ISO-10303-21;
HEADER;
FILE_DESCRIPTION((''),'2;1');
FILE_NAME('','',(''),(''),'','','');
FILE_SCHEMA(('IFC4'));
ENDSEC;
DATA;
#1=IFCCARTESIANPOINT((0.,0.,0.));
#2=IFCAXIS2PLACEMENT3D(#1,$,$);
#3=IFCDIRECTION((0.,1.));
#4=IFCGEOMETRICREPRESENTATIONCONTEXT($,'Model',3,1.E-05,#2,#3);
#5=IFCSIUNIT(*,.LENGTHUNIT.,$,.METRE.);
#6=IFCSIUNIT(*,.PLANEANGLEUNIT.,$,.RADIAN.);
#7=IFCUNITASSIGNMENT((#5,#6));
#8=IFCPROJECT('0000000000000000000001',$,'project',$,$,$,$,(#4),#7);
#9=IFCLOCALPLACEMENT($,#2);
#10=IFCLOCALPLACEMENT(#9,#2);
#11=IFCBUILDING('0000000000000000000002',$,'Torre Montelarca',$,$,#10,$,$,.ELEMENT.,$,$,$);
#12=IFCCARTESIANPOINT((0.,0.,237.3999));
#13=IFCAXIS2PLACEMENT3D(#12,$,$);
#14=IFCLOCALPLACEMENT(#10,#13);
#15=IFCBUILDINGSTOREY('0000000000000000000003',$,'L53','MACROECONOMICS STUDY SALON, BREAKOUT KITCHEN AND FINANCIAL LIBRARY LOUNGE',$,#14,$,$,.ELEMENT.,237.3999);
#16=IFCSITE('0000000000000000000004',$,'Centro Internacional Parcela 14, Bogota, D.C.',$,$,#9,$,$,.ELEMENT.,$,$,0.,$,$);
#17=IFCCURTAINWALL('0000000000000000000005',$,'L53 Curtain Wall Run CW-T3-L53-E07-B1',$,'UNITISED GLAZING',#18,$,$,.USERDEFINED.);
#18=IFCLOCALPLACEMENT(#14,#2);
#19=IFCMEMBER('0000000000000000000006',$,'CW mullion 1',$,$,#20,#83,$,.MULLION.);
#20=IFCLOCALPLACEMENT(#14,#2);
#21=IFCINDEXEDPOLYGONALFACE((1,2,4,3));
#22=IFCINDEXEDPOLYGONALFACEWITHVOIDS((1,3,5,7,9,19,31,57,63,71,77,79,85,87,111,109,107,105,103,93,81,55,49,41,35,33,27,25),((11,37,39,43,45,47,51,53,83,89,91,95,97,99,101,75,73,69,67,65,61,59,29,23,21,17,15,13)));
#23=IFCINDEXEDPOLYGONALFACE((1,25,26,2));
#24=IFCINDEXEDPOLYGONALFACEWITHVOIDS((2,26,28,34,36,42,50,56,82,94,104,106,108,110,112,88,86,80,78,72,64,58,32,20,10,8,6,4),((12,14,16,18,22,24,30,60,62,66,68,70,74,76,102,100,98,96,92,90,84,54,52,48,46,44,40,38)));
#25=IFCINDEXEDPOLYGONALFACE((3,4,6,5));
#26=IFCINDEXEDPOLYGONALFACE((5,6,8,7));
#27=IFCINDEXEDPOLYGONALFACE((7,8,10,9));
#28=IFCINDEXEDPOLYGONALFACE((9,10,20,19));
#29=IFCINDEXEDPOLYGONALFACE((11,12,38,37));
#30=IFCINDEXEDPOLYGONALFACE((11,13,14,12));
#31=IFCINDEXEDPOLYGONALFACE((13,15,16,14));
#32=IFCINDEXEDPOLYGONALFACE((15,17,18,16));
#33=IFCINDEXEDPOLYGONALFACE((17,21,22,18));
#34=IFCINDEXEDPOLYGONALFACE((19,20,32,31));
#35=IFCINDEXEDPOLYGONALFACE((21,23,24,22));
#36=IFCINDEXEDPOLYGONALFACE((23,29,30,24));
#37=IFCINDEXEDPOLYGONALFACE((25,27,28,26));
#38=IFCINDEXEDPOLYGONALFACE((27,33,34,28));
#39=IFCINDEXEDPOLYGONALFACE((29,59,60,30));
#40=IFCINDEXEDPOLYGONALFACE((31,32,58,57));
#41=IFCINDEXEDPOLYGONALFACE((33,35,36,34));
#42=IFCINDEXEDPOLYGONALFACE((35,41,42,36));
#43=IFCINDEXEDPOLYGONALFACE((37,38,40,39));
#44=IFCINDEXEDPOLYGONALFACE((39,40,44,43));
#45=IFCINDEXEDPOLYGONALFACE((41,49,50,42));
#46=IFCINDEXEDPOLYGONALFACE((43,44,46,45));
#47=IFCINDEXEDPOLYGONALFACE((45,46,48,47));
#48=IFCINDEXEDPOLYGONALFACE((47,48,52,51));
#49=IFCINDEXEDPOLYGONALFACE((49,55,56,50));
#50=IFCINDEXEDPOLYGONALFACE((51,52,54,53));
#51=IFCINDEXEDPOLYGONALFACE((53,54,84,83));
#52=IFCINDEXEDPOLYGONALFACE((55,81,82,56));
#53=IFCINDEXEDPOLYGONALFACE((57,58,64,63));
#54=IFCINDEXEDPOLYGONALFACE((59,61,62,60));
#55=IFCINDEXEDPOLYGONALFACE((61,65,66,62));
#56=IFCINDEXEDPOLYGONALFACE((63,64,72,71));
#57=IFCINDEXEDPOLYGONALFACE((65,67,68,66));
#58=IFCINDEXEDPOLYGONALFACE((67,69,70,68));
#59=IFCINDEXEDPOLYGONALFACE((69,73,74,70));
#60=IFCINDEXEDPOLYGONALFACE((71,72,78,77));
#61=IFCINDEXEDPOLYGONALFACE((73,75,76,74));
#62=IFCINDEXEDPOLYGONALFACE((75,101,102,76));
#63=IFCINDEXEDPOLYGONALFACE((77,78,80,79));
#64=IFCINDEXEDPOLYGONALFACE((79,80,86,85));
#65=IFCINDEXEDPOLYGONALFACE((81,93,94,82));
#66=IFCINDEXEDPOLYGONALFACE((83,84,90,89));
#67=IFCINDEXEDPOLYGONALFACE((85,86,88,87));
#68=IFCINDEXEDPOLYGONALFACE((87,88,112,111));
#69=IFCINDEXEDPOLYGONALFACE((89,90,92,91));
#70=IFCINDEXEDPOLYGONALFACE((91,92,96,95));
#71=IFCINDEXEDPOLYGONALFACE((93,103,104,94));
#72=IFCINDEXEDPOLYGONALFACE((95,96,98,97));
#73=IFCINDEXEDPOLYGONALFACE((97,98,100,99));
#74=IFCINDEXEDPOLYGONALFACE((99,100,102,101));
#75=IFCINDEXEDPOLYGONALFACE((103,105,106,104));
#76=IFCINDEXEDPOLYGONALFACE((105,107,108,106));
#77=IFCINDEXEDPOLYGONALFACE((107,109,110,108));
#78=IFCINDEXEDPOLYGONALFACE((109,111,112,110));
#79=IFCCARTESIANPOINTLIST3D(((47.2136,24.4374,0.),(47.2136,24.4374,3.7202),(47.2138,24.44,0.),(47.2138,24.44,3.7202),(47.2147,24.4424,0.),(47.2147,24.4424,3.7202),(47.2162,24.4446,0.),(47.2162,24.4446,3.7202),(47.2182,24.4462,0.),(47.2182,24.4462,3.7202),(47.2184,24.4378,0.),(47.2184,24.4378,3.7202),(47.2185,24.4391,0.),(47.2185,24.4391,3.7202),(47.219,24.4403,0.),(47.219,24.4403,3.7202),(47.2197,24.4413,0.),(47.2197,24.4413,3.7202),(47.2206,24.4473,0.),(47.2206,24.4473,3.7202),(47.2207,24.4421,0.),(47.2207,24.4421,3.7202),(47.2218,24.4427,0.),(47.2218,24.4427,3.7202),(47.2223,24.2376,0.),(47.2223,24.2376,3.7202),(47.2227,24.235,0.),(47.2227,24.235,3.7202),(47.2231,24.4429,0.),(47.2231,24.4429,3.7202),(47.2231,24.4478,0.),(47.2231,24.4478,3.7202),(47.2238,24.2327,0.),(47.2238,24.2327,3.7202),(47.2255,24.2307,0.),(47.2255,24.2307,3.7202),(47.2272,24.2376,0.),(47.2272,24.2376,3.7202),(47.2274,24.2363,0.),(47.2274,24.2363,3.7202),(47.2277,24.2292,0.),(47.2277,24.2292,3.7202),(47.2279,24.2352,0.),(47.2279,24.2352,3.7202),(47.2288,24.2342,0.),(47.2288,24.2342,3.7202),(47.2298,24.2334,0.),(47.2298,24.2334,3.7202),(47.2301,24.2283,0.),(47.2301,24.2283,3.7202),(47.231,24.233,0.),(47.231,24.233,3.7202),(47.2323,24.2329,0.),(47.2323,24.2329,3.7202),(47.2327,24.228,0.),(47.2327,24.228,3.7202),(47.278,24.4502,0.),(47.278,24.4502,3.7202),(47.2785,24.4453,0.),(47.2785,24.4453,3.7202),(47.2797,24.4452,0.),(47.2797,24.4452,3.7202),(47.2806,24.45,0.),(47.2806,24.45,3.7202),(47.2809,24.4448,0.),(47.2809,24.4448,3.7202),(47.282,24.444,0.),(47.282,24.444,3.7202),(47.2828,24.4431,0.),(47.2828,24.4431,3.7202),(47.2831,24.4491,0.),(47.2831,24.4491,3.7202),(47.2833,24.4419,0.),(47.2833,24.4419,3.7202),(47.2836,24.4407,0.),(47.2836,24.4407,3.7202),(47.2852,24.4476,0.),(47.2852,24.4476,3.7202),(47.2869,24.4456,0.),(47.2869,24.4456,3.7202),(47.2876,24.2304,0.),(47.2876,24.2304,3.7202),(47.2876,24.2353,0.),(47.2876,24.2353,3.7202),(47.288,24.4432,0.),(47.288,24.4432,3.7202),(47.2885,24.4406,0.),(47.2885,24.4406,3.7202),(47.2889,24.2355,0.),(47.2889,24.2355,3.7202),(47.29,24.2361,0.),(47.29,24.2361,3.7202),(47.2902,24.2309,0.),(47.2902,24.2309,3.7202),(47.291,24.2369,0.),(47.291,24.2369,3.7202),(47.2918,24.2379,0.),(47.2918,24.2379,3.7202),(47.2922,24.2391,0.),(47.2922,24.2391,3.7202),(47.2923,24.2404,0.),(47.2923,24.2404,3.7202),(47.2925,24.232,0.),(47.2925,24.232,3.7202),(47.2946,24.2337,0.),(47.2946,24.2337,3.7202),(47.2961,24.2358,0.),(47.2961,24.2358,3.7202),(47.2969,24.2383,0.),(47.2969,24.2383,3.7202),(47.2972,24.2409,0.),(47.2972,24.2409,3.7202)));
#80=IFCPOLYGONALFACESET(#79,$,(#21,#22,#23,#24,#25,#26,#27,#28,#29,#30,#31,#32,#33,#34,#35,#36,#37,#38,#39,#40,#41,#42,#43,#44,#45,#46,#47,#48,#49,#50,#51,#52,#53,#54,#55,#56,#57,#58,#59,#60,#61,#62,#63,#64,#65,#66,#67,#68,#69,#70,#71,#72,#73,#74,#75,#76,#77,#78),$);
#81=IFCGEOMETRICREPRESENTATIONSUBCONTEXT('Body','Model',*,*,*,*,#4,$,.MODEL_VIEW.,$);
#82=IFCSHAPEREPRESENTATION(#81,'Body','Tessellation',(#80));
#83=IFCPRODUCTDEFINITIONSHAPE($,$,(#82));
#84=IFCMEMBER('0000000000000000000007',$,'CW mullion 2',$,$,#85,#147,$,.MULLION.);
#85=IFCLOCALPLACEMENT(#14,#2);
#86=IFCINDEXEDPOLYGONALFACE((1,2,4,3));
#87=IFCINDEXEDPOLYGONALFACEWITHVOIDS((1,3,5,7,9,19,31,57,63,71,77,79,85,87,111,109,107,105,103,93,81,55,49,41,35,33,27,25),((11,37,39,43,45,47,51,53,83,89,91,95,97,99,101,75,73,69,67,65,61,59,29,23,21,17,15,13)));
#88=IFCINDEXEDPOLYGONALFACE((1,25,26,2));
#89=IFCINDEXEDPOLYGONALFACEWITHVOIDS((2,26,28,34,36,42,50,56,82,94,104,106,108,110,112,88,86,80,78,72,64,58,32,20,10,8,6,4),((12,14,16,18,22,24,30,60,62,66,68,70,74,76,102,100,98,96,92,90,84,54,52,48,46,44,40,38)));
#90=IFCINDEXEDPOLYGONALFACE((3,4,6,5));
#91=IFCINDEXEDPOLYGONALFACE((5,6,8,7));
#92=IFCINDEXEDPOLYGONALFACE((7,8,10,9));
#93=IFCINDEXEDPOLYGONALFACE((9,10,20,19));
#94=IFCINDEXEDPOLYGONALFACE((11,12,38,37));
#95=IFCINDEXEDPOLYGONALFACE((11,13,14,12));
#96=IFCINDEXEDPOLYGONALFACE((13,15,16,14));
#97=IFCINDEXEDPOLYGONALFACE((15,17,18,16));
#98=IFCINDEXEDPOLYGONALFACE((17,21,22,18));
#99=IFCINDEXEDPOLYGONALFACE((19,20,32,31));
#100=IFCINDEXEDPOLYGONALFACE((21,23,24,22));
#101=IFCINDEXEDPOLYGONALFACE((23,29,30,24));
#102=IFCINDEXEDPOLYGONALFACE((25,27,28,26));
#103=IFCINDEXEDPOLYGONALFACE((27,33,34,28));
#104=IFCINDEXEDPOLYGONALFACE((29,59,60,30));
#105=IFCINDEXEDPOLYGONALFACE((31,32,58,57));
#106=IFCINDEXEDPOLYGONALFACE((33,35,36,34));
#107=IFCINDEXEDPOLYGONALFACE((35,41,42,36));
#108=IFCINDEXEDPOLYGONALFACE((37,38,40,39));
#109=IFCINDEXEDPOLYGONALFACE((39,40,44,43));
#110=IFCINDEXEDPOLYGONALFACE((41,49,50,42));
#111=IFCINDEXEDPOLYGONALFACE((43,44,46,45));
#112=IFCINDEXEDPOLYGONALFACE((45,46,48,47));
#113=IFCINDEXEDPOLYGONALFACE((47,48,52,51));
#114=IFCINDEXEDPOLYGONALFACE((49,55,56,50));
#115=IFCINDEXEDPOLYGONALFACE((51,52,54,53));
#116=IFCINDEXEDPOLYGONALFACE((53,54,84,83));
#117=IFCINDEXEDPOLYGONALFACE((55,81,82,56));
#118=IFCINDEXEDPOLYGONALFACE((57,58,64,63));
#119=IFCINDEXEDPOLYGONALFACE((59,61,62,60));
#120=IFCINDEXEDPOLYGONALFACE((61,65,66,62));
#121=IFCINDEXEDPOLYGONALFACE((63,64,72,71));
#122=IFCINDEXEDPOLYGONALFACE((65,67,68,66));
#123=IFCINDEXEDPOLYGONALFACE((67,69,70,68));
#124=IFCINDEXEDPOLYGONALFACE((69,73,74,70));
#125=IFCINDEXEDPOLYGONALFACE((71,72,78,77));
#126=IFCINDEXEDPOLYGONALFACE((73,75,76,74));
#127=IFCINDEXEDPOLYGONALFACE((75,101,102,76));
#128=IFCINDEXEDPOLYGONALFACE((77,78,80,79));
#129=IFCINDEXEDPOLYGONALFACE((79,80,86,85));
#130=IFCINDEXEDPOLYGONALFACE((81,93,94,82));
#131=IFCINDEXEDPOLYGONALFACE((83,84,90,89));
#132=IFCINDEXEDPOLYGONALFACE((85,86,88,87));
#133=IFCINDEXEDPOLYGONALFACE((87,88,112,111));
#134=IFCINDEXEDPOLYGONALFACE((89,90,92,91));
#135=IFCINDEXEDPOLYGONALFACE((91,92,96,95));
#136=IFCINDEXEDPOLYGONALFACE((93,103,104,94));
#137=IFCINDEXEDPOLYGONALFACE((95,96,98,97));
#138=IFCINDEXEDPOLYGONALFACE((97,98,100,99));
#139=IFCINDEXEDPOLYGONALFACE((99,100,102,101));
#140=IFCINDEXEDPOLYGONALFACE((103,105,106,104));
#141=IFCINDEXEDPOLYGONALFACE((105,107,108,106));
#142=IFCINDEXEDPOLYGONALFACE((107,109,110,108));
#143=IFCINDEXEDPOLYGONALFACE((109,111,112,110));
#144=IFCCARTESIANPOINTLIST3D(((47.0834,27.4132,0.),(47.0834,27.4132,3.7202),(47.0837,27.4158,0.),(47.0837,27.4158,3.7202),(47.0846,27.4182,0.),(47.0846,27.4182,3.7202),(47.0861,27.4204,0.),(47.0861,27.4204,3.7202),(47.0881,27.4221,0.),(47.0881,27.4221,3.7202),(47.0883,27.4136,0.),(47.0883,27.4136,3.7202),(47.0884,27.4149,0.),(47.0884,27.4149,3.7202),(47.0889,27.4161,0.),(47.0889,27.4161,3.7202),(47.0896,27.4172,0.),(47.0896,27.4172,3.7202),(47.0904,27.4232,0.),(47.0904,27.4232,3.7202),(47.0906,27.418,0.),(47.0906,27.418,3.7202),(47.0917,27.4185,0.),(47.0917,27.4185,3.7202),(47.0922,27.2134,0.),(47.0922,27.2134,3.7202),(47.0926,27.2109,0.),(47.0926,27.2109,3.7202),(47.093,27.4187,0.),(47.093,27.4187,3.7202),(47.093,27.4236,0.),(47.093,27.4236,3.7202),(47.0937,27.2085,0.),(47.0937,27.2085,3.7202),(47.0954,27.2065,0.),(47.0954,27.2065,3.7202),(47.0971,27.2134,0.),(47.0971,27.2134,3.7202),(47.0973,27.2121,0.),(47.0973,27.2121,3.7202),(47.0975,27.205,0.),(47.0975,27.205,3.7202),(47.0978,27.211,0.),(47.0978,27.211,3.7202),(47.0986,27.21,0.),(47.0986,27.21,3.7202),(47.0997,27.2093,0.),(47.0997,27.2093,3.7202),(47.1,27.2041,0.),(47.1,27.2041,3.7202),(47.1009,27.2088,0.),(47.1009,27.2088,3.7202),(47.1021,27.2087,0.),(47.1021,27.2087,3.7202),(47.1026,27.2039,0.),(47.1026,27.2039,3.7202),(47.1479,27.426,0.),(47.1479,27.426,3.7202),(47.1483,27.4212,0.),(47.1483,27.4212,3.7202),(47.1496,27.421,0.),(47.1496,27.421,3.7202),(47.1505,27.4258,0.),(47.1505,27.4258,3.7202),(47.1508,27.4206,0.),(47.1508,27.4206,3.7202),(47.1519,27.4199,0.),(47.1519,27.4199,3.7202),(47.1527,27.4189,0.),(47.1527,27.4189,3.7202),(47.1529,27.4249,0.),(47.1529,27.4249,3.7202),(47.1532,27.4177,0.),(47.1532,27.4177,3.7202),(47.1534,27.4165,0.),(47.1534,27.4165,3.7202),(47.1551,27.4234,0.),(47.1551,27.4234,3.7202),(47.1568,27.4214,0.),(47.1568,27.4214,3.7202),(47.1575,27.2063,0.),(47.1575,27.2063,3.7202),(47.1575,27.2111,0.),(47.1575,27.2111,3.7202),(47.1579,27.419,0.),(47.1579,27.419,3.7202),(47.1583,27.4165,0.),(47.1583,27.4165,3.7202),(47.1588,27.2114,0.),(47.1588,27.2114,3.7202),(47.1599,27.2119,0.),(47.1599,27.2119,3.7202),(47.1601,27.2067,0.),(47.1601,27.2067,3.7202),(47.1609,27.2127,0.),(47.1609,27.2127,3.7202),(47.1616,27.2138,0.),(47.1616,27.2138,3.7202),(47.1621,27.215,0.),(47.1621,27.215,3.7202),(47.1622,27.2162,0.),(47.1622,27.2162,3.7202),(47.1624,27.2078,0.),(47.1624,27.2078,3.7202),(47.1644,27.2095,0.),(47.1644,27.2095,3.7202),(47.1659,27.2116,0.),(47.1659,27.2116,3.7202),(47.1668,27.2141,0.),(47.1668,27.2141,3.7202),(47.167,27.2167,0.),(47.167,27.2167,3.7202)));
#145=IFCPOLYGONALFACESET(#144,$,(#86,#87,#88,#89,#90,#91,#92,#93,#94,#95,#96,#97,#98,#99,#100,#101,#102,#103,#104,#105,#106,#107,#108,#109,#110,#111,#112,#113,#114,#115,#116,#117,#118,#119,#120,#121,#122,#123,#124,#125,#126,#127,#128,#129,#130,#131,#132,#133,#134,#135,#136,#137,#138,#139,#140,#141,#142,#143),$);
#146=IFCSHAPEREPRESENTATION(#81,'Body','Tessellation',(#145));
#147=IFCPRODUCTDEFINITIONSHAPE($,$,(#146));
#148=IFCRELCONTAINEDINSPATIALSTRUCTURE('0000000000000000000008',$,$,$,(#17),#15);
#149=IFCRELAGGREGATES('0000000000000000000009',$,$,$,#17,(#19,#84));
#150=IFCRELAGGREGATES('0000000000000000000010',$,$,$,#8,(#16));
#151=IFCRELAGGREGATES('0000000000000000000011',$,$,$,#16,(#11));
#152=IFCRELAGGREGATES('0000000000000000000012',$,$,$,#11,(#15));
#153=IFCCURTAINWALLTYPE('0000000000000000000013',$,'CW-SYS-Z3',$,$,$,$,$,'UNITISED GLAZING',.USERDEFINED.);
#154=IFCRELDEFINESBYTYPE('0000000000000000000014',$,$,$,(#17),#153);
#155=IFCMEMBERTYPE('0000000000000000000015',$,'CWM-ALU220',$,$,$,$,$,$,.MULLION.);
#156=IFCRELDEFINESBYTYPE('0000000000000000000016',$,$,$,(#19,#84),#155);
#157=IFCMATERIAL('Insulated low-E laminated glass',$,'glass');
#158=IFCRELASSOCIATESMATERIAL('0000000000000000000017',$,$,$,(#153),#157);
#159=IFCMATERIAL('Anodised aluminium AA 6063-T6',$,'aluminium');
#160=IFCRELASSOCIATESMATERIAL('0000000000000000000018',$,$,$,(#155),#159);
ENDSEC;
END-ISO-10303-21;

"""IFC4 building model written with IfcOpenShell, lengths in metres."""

from ifc_helpers import new_model, si_unit, direction, frame, origin, origin_2d, place, context, subcontext, project, spatial, hollow_rectangle, extrude, source, transform, mapped, material, material_profile, profile_set, type_object, element, aggregate, save


model = new_model("IFC4")

# Units and contexts
model_context = context("Model", 3, precision=1e-05, world=origin(), true_north=direction((0.0, 1.0)))
body_context = subcontext(model_context, "Body", "Model", "MODEL_VIEW")
ifc_project = project(units=[si_unit("LENGTHUNIT", "METRE"), si_unit("PLANEANGLEUNIT", "RADIAN")], contexts=[model_context])

# Site, building, storey
site_placement = place(None, origin())
site = spatial("IfcSite", under=ifc_project, at=site_placement, Name="Centro Internacional Parcela 14, Bogota, D.C.", CompositionType="ELEMENT", RefElevation=0.0)
building_placement = place(site_placement, origin())
building = spatial("IfcBuilding", under=site, at=building_placement, Name="Torre Montelarca", CompositionType="ELEMENT")
storey_placement = place(building_placement, frame((0.0, 0.0, 237.3999)))
storey = spatial("IfcBuildingStorey", under=building, at=storey_placement, Name="L53", Description="MACROECONOMICS STUDY SALON, BREAKOUT KITCHEN AND FINANCIAL LIBRARY LOUNGE", CompositionType="ELEMENT", Elevation=237.3999)

# Curtain wall
ifc_material_1 = material(Name="Insulated low-E laminated glass", Category="glass")
curtain_wall_type = type_object("IfcCurtainWallType", Name="CW-SYS-Z3", ElementType="UNITISED GLAZING", PredefinedType="USERDEFINED", material=ifc_material_1)
curtain_wall_1_placement = place(storey_placement, origin())
curtain_wall_1 = element("IfcCurtainWall", 1, at=curtain_wall_1_placement, inside=storey, type_object=curtain_wall_type, Name="L53 Curtain Wall Run CW-T3-L53-E07-B1", ObjectType="UNITISED GLAZING", PredefinedType="USERDEFINED")
ifc_material_2 = material(Name="Anodised aluminium AA 6063-T6", Category="aluminium")

# Shared definitions
ifc_material_profile_1 = material_profile(ifc_material_2, hollow_rectangle(XDim=0.075, YDim=0.22, WallThickness=0.0049, InnerFilletRadius=0.0049, OuterFilletRadius=0.01, at=origin_2d()), Name="ALU75X220X5", Category="aluminium")
ifc_profile_set_1 = profile_set([ifc_material_profile_1], Name="Anodised aluminium AA 6063-T6")
member_type_1 = type_object("IfcMemberType", Name="CWM-ALU220", PredefinedType="MULLION", material=ifc_profile_set_1)
shared_shape_1 = source(origin(), body_context, "Body", "SweptSolid", [
    extrude(hollow_rectangle(XDim=0.075, YDim=0.22, WallThickness=0.0049, InnerFilletRadius=0.0049, OuterFilletRadius=0.01, at=origin_2d()), origin(), (0.0, 0.0, 1.0), 3.7202),
])

# Members
member_1_placement = place(storey_placement, frame((47.2554, 24.3391, 0.0), z_axis=(0.0, 0.0, 1.0), x_axis=(-0.999048, -0.043616, 0.0)))
member_1 = element("IfcMember", 2, at=member_1_placement, type_object=member_type_1, Name="CW mullion 1", PredefinedType="MULLION", context=body_context, shape_type="MappedRepresentation", body=[
    mapped(shared_shape_1, transform((0.0, 0.0, 0.0), scale=1.0)),
])
member_2_placement = place(storey_placement, frame((47.1252, 27.3149, 0.0), z_axis=(0.0, 0.0, 1.0), x_axis=(-0.999048, -0.043616, 0.0)))
member_2 = element("IfcMember", 3, at=member_2_placement, type_object=member_type_1, Name="CW mullion 2", PredefinedType="MULLION", context=body_context, shape_type="MappedRepresentation", body=[
    mapped(shared_shape_1, transform((0.0, 0.0, 0.0), scale=1.0)),
])

aggregate(curtain_wall_1, [member_1, member_2])

save(model, "model.ifc")
